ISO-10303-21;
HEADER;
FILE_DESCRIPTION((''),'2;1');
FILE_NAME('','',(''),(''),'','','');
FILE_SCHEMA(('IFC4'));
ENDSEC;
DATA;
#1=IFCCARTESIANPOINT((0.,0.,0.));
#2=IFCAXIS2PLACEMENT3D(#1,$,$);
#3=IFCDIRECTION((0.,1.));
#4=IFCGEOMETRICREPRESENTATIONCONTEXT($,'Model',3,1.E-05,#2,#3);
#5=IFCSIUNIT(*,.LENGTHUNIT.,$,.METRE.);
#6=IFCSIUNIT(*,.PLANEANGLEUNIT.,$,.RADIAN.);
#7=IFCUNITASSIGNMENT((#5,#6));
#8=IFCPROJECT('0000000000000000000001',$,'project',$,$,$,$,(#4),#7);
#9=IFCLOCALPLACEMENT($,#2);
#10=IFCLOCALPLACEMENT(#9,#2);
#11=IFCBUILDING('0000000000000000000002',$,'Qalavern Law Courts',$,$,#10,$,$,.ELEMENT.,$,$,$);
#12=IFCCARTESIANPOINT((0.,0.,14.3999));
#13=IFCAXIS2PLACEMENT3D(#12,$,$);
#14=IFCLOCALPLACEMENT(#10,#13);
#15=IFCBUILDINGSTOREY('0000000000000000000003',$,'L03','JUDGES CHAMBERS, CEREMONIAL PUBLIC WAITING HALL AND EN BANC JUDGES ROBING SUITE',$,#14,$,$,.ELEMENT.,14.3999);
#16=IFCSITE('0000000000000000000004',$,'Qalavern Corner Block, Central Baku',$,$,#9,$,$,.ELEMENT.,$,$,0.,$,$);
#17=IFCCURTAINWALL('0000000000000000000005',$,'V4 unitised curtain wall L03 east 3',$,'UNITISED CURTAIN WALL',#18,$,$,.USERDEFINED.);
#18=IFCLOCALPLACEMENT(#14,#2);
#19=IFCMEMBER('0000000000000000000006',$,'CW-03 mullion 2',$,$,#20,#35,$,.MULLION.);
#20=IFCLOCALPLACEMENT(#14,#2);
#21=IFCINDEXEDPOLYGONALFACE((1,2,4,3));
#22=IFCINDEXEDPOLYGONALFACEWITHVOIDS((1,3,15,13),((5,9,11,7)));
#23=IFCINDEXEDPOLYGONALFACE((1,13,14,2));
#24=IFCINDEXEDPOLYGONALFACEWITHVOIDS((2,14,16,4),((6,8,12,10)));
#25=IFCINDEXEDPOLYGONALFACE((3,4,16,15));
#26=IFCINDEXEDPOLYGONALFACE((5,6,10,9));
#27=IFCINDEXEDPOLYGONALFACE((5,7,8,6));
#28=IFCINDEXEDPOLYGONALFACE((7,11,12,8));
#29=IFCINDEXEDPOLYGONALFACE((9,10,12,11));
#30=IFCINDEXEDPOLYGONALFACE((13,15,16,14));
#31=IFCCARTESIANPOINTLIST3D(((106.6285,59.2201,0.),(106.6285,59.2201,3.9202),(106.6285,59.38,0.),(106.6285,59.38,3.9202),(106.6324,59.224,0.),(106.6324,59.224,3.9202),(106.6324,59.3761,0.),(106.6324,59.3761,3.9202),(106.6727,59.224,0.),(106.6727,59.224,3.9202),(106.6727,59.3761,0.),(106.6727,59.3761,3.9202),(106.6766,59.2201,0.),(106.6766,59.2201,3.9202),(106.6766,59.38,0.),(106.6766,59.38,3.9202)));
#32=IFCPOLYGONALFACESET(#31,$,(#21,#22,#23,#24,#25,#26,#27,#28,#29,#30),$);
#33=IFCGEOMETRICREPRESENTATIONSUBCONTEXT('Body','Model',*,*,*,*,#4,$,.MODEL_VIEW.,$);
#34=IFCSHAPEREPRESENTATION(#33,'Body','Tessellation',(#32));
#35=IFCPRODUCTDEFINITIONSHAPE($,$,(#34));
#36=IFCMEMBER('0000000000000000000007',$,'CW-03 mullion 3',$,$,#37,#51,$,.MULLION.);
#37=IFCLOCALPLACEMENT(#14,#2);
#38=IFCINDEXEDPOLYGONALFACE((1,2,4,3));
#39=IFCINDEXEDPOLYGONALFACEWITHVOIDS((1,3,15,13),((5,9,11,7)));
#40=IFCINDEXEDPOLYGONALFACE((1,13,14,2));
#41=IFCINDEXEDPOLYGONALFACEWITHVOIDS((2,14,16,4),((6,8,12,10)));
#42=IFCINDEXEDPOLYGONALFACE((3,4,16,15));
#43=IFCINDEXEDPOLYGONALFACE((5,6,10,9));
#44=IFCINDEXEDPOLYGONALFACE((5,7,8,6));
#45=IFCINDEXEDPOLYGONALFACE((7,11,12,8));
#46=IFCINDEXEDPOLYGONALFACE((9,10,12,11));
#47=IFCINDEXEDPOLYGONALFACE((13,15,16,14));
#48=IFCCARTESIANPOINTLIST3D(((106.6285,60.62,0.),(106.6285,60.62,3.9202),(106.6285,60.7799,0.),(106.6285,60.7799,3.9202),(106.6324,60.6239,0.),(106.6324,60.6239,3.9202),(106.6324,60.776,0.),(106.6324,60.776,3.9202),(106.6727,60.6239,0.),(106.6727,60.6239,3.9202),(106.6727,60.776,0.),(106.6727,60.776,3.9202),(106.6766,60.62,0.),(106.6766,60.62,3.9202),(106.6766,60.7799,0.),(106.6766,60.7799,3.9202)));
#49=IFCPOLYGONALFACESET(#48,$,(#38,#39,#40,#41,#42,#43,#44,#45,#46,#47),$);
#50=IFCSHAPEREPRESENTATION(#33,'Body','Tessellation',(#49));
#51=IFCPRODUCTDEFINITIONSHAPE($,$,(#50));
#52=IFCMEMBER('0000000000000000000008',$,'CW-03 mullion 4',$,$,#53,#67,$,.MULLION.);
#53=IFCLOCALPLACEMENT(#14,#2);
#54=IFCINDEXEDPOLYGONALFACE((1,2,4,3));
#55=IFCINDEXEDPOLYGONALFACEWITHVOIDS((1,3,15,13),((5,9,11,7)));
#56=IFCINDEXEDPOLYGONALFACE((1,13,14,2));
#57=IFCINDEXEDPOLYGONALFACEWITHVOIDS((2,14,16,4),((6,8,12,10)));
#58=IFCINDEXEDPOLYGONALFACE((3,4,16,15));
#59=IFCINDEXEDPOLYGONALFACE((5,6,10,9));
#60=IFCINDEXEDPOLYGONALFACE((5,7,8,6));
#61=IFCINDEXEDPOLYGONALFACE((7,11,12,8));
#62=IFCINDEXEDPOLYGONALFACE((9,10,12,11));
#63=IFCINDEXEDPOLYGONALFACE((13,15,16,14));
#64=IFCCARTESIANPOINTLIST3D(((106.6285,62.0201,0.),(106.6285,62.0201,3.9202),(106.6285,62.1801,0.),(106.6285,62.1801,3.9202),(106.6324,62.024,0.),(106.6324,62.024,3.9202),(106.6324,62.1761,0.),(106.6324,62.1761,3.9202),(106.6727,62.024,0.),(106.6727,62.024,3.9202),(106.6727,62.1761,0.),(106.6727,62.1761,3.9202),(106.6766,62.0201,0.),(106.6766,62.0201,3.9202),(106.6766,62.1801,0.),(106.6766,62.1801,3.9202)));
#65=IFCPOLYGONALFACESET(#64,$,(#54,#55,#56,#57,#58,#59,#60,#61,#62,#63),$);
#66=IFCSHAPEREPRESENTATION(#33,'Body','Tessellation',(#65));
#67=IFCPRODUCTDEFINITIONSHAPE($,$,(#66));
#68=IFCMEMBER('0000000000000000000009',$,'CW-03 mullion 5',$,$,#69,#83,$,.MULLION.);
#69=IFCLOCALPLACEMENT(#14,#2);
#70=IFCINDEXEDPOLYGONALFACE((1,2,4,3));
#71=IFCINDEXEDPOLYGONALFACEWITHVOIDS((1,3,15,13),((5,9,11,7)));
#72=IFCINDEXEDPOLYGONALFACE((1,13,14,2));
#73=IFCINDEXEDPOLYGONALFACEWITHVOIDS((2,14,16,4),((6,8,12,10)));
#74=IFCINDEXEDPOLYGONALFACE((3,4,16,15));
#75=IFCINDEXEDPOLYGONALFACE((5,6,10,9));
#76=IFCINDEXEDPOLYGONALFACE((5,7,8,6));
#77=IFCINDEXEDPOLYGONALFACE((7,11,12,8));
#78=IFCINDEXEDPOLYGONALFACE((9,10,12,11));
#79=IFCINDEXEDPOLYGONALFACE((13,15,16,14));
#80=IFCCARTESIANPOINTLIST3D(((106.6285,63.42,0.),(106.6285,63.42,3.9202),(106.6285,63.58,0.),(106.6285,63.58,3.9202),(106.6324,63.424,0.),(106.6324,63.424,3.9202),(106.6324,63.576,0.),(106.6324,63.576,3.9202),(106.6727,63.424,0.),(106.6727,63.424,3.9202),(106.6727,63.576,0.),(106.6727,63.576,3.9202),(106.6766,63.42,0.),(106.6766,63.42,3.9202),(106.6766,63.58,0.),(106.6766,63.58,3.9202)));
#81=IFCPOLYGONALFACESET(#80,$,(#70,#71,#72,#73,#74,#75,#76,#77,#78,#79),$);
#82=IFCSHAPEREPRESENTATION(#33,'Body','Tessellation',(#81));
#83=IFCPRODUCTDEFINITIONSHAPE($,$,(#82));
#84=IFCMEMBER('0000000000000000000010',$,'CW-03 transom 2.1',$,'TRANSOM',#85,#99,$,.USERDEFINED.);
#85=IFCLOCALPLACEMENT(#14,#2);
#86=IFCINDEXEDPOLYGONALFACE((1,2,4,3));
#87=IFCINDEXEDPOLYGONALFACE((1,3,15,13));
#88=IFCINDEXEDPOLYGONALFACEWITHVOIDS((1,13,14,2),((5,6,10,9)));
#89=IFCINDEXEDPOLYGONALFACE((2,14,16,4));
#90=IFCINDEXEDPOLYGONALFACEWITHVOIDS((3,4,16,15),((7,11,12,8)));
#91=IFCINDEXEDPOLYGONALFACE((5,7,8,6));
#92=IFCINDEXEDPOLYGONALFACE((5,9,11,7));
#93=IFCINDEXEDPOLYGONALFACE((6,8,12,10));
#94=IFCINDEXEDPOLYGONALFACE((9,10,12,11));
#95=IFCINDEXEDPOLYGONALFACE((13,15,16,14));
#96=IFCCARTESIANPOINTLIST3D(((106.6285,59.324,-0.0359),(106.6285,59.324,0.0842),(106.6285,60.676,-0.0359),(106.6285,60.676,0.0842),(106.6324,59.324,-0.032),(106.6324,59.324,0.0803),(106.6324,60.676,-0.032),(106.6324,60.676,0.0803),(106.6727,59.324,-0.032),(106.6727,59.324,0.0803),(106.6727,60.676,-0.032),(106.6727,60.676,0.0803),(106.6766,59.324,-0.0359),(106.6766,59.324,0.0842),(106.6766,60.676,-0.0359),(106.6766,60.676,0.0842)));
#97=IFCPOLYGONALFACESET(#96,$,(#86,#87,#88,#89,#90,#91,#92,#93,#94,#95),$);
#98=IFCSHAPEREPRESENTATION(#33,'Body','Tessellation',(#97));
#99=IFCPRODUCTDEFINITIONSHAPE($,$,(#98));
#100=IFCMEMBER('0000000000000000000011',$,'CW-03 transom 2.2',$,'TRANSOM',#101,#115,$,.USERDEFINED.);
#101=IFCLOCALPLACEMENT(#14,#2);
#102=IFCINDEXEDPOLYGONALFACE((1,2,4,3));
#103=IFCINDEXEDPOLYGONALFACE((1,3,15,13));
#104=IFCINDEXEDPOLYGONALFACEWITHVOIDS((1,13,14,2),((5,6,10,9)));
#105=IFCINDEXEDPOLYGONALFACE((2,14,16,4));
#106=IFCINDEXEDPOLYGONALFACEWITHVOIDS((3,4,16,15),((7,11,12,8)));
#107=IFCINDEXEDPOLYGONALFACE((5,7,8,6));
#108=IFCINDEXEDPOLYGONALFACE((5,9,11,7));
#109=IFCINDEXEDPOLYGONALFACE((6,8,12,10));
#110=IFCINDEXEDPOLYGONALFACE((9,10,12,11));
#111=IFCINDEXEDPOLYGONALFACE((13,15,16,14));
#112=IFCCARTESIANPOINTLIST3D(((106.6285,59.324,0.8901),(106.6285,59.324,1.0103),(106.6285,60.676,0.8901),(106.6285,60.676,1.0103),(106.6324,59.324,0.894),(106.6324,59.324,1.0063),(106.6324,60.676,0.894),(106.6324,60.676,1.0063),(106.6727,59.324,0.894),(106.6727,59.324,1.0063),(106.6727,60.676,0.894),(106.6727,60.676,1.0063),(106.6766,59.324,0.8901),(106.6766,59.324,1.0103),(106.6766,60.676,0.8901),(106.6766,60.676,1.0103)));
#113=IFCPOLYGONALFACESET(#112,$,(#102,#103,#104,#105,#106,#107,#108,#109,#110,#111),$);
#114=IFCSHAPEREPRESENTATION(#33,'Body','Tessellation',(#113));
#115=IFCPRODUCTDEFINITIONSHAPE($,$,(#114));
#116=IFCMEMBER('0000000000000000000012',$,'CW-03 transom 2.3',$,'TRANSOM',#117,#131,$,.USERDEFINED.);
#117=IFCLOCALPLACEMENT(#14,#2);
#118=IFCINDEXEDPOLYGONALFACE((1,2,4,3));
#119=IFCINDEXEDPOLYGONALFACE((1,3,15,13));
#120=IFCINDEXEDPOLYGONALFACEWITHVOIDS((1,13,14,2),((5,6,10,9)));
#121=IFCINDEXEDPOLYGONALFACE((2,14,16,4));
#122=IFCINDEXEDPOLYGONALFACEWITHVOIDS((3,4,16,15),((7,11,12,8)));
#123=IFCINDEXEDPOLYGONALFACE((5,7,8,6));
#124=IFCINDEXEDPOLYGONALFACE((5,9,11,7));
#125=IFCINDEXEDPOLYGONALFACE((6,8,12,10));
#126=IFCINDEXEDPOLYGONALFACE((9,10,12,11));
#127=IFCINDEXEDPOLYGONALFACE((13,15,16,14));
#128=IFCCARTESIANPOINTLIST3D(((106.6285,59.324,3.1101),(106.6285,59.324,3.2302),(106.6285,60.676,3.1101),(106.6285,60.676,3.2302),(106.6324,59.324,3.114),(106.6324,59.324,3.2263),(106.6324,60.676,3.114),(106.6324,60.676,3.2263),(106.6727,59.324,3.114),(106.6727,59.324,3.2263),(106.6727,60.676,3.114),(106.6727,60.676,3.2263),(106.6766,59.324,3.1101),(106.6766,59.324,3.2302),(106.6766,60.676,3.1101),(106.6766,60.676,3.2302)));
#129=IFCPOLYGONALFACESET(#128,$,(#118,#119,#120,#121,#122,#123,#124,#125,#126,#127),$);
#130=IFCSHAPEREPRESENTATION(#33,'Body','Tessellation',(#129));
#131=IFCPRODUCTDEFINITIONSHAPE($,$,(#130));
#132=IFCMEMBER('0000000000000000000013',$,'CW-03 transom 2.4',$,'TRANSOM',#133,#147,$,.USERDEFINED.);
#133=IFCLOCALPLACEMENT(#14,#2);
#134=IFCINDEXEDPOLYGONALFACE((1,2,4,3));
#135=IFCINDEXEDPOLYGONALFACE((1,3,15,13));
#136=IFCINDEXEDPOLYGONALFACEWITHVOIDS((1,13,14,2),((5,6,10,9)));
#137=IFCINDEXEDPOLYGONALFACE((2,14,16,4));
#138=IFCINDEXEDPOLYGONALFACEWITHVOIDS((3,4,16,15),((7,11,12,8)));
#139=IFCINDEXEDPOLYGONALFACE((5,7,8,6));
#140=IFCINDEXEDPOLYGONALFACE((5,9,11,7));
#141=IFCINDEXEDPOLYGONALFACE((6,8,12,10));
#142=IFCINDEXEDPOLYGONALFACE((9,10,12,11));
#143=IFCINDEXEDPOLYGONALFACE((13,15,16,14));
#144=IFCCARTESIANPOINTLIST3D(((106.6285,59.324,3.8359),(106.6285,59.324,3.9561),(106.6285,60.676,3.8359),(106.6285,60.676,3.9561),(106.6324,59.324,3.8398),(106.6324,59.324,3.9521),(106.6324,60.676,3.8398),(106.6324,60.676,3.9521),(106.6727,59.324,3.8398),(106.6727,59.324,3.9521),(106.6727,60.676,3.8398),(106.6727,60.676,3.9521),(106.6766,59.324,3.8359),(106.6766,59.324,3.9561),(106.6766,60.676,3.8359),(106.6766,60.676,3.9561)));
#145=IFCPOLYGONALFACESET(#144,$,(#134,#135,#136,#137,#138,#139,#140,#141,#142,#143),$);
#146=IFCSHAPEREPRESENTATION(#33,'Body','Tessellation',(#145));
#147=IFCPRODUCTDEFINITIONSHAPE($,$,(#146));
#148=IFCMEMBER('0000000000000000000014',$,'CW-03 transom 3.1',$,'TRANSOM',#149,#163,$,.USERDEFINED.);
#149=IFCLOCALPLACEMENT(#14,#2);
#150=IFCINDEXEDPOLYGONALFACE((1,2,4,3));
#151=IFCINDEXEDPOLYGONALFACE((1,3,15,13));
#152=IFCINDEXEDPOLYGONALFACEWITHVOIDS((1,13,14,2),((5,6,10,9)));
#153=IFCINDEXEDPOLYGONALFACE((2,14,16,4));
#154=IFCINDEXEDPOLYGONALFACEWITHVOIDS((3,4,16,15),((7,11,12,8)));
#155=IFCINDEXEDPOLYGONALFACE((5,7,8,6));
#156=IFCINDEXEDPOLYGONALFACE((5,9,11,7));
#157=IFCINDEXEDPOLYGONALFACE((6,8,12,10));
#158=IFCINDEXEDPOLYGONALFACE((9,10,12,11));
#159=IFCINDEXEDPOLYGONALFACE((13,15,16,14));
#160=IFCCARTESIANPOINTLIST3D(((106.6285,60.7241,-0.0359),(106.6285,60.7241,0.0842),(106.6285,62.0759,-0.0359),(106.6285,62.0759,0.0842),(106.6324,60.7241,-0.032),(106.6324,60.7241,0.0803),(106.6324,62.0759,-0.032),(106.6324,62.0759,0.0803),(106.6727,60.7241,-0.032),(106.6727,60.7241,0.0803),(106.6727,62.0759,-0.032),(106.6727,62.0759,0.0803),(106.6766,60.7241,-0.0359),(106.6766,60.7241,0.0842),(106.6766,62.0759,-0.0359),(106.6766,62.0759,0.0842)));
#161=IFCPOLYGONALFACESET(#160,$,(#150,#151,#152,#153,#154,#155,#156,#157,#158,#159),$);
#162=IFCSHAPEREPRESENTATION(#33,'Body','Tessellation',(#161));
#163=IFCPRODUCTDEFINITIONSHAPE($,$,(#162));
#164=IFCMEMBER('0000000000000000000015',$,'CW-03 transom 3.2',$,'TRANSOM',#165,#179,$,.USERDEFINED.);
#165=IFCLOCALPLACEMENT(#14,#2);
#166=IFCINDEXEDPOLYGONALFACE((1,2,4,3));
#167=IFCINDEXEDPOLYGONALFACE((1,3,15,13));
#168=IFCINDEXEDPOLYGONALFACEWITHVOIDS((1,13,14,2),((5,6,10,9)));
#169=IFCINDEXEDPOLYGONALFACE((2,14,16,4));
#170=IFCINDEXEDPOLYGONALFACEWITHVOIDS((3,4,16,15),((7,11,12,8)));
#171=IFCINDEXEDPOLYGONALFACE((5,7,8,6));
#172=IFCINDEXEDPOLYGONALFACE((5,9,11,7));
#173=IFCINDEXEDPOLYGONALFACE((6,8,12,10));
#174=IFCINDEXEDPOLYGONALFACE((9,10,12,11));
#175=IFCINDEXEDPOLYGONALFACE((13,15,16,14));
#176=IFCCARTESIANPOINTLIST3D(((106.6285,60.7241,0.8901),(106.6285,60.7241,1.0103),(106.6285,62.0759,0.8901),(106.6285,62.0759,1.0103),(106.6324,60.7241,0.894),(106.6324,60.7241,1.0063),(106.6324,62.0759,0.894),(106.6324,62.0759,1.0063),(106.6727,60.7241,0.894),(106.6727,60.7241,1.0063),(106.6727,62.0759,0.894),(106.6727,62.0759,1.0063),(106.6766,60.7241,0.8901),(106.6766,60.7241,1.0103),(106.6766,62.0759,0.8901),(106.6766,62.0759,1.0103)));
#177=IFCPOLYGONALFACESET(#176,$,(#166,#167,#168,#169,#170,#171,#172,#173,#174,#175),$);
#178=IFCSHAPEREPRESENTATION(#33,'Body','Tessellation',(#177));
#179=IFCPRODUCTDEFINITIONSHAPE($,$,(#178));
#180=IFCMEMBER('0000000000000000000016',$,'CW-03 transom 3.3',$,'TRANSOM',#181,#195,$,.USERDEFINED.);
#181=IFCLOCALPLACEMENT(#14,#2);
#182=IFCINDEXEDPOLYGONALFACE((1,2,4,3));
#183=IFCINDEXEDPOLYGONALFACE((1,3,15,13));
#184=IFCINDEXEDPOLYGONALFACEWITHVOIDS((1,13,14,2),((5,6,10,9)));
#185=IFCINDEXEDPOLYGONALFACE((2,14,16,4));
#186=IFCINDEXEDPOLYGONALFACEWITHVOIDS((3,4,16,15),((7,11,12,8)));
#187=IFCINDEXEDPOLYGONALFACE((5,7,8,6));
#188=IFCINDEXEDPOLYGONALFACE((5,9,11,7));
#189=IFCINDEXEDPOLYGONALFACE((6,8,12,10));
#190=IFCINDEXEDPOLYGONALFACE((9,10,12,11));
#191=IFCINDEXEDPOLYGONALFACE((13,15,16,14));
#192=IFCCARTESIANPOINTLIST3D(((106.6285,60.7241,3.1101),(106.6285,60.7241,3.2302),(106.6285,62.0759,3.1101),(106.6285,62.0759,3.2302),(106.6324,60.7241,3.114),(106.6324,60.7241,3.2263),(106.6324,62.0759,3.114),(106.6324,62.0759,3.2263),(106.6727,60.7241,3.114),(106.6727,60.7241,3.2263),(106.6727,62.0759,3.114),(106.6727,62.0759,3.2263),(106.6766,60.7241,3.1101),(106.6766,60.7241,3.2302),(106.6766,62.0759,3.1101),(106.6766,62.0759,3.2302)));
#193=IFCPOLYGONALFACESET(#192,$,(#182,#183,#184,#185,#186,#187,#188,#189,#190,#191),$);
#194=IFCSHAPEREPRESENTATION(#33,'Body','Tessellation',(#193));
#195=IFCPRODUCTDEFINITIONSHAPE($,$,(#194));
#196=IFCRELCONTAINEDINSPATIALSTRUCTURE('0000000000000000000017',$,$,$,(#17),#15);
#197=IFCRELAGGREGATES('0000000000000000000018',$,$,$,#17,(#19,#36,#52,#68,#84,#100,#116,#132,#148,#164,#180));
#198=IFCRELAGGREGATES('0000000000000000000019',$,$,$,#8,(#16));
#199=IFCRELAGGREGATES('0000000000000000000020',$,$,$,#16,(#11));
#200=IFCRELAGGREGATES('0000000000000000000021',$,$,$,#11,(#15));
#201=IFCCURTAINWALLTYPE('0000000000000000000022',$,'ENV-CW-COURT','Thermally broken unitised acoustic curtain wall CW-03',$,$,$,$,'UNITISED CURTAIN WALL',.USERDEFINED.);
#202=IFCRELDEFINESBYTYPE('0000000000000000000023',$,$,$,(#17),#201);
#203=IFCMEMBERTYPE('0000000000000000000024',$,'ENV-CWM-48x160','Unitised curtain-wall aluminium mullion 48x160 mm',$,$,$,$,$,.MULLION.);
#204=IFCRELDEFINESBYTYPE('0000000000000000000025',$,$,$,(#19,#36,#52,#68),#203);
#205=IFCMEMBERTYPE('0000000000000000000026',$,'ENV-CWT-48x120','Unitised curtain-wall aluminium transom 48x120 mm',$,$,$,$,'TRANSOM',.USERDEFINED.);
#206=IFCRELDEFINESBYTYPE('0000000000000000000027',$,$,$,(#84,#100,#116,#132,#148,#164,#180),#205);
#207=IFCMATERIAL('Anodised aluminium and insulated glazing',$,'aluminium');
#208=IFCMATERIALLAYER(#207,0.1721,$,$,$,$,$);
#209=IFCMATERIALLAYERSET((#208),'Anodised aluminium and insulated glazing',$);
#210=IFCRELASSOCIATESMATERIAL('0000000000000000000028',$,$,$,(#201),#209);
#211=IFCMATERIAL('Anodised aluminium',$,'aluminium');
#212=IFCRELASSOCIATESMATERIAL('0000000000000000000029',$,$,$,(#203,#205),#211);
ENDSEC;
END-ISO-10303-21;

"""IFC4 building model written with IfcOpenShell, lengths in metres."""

from ifc_helpers import new_model, si_unit, direction, frame, origin, origin_2d, place, context, subcontext, project, spatial, hollow_rectangle, extrude, material, layer, layer_set, material_profile, profile_set, type_object, element, aggregate, save


model = new_model("IFC4")

# Units and contexts
model_context = context("Model", 3, precision=1e-05, world=origin(), true_north=direction((0.0, 1.0)))
body_context = subcontext(model_context, "Body", "Model", "MODEL_VIEW")
ifc_project = project(units=[si_unit("LENGTHUNIT", "METRE"), si_unit("PLANEANGLEUNIT", "RADIAN")], contexts=[model_context])

# Site, building, storey
site_placement = place(None, origin())
site = spatial("IfcSite", under=ifc_project, at=site_placement, Name="Qalavern Corner Block, Central Baku", CompositionType="ELEMENT", RefElevation=0.0)
building_placement = place(site_placement, origin())
building = spatial("IfcBuilding", under=site, at=building_placement, Name="Qalavern Law Courts", CompositionType="ELEMENT")
storey_placement = place(building_placement, frame((0.0, 0.0, 14.3999)))
storey = spatial("IfcBuildingStorey", under=building, at=storey_placement, Name="L03", Description="JUDGES CHAMBERS, CEREMONIAL PUBLIC WAITING HALL AND EN BANC JUDGES ROBING SUITE", CompositionType="ELEMENT", Elevation=14.3999)

# Curtain wall, members
ifc_material_1 = material(Name="Anodised aluminium and insulated glazing", Category="aluminium")
ifc_layer_1 = layer(ifc_material_1, 0.1721)
ifc_layer_set_1 = layer_set([ifc_layer_1], Name="Anodised aluminium and insulated glazing")
curtain_wall_type = type_object("IfcCurtainWallType", Name="ENV-CW-COURT", Description="Thermally broken unitised acoustic curtain wall CW-03", ElementType="UNITISED CURTAIN WALL", PredefinedType="USERDEFINED", material=ifc_layer_set_1)
curtain_wall_placement = place(storey_placement, origin())
curtain_wall = element("IfcCurtainWall", 1, at=curtain_wall_placement, inside=storey, type_object=curtain_wall_type, Name="V4 unitised curtain wall L03 east 3", ObjectType="UNITISED CURTAIN WALL", PredefinedType="USERDEFINED")
ifc_material_2 = material(Name="Anodised aluminium", Category="aluminium")
ifc_material_profile_1 = material_profile(ifc_material_2, hollow_rectangle(XDim=0.0481, YDim=0.1599, WallThickness=0.0039, at=origin_2d()), Name="ALU MULLION 48x160")
ifc_profile_set_1 = profile_set([ifc_material_profile_1], Name="Anodised aluminium")
member_type_1 = type_object("IfcMemberType", Name="ENV-CWM-48x160", Description="Unitised curtain-wall aluminium mullion 48x160 mm", PredefinedType="MULLION", material=ifc_profile_set_1)
member_1_placement = place(storey_placement, frame((106.6526, 59.3, 0.0), z_axis=(0.0, 0.0, 1.0), x_axis=(-1.0, 0.0, 0.0)))
member_1 = element("IfcMember", 2, at=member_1_placement, type_object=member_type_1, Name="CW-03 mullion 2", PredefinedType="MULLION", context=body_context, shape_type="SweptSolid", body=[
    extrude(hollow_rectangle(XDim=0.0481, YDim=0.1599, WallThickness=0.0039, at=origin_2d()), origin(), (0.0, 0.0, 1.0), 3.9202),
])
member_2_placement = place(storey_placement, frame((106.6526, 60.7, 0.0), z_axis=(0.0, 0.0, 1.0), x_axis=(-1.0, 0.0, 0.0)))
member_2 = element("IfcMember", 3, at=member_2_placement, type_object=member_type_1, Name="CW-03 mullion 3", PredefinedType="MULLION", context=body_context, shape_type="SweptSolid", body=[
    extrude(hollow_rectangle(XDim=0.0481, YDim=0.1599, WallThickness=0.0039, at=origin_2d()), origin(), (0.0, 0.0, 1.0), 3.9202),
])
member_3_placement = place(storey_placement, frame((106.6526, 62.1001, 0.0), z_axis=(0.0, 0.0, 1.0), x_axis=(-1.0, 0.0, 0.0)))
member_3 = element("IfcMember", 4, at=member_3_placement, type_object=member_type_1, Name="CW-03 mullion 4", PredefinedType="MULLION", context=body_context, shape_type="SweptSolid", body=[
    extrude(hollow_rectangle(XDim=0.0481, YDim=0.1599, WallThickness=0.0039, at=origin_2d()), origin(), (0.0, 0.0, 1.0), 3.9202),
])
member_4_placement = place(storey_placement, frame((106.6526, 63.5, 0.0), z_axis=(0.0, 0.0, 1.0), x_axis=(-1.0, 0.0, 0.0)))
member_4 = element("IfcMember", 5, at=member_4_placement, type_object=member_type_1, Name="CW-03 mullion 5", PredefinedType="MULLION", context=body_context, shape_type="SweptSolid", body=[
    extrude(hollow_rectangle(XDim=0.0481, YDim=0.1599, WallThickness=0.0039, at=origin_2d()), origin(), (0.0, 0.0, 1.0), 3.9202),
])
ifc_material_profile_2 = material_profile(ifc_material_2, hollow_rectangle(XDim=0.0481, YDim=0.1201, WallThickness=0.0039, at=origin_2d()), Name="ALU TRANSOM 48x120")
ifc_profile_set_2 = profile_set([ifc_material_profile_2], Name="Anodised aluminium")
member_type_2 = type_object("IfcMemberType", Name="ENV-CWT-48x120", Description="Unitised curtain-wall aluminium transom 48x120 mm", ElementType="TRANSOM", PredefinedType="USERDEFINED", material=ifc_profile_set_2)
member_5_placement = place(storey_placement, frame((106.6526, 59.324, 0.0242), z_axis=(0.0, 1.0, 0.0), x_axis=(-1.0, 0.0, 0.0)))
member_5 = element("IfcMember", 6, at=member_5_placement, type_object=member_type_2, Name="CW-03 transom 2.1", ObjectType="TRANSOM", PredefinedType="USERDEFINED", context=body_context, shape_type="SweptSolid", body=[
    extrude(hollow_rectangle(XDim=0.0481, YDim=0.1201, WallThickness=0.0039, at=origin_2d()), origin(), (0.0, 0.0, 1.0), 1.3521),
])
member_6_placement = place(storey_placement, frame((106.6526, 59.324, 0.9502), z_axis=(0.0, 1.0, 0.0), x_axis=(-1.0, 0.0, 0.0)))
member_6 = element("IfcMember", 7, at=member_6_placement, type_object=member_type_2, Name="CW-03 transom 2.2", ObjectType="TRANSOM", PredefinedType="USERDEFINED", context=body_context, shape_type="SweptSolid", body=[
    extrude(hollow_rectangle(XDim=0.0481, YDim=0.1201, WallThickness=0.0039, at=origin_2d()), origin(), (0.0, 0.0, 1.0), 1.3521),
])
member_7_placement = place(storey_placement, frame((106.6526, 59.324, 3.1702), z_axis=(0.0, 1.0, 0.0), x_axis=(-1.0, 0.0, 0.0)))
member_7 = element("IfcMember", 8, at=member_7_placement, type_object=member_type_2, Name="CW-03 transom 2.3", ObjectType="TRANSOM", PredefinedType="USERDEFINED", context=body_context, shape_type="SweptSolid", body=[
    extrude(hollow_rectangle(XDim=0.0481, YDim=0.1201, WallThickness=0.0039, at=origin_2d()), origin(), (0.0, 0.0, 1.0), 1.3521),
])
member_8_placement = place(storey_placement, frame((106.6526, 59.324, 3.896), z_axis=(0.0, 1.0, 0.0), x_axis=(-1.0, 0.0, 0.0)))
member_8 = element("IfcMember", 9, at=member_8_placement, type_object=member_type_2, Name="CW-03 transom 2.4", ObjectType="TRANSOM", PredefinedType="USERDEFINED", context=body_context, shape_type="SweptSolid", body=[
    extrude(hollow_rectangle(XDim=0.0481, YDim=0.1201, WallThickness=0.0039, at=origin_2d()), origin(), (0.0, 0.0, 1.0), 1.3521),
])
member_9_placement = place(storey_placement, frame((106.6526, 60.7241, 0.0242), z_axis=(0.0, 1.0, 0.0), x_axis=(-1.0, 0.0, 0.0)))
member_9 = element("IfcMember", 10, at=member_9_placement, type_object=member_type_2, Name="CW-03 transom 3.1", ObjectType="TRANSOM", PredefinedType="USERDEFINED", context=body_context, shape_type="SweptSolid", body=[
    extrude(hollow_rectangle(XDim=0.0481, YDim=0.1201, WallThickness=0.0039, at=origin_2d()), origin(), (0.0, 0.0, 1.0), 1.3518),
])
member_10_placement = place(storey_placement, frame((106.6526, 60.7241, 0.9502), z_axis=(0.0, 1.0, 0.0), x_axis=(-1.0, 0.0, 0.0)))
member_10 = element("IfcMember", 11, at=member_10_placement, type_object=member_type_2, Name="CW-03 transom 3.2", ObjectType="TRANSOM", PredefinedType="USERDEFINED", context=body_context, shape_type="SweptSolid", body=[
    extrude(hollow_rectangle(XDim=0.0481, YDim=0.1201, WallThickness=0.0039, at=origin_2d()), origin(), (0.0, 0.0, 1.0), 1.3518),
])
member_11_placement = place(storey_placement, frame((106.6526, 60.7241, 3.1702), z_axis=(0.0, 1.0, 0.0), x_axis=(-1.0, 0.0, 0.0)))
member_11 = element("IfcMember", 12, at=member_11_placement, type_object=member_type_2, Name="CW-03 transom 3.3", ObjectType="TRANSOM", PredefinedType="USERDEFINED", context=body_context, shape_type="SweptSolid", body=[
    extrude(hollow_rectangle(XDim=0.0481, YDim=0.1201, WallThickness=0.0039, at=origin_2d()), origin(), (0.0, 0.0, 1.0), 1.3518),
])
aggregate(curtain_wall, [member_1, member_2, member_3, member_4, member_5, member_6, member_7, member_8, member_9, member_10, member_11])

save(model, "model.ifc")
